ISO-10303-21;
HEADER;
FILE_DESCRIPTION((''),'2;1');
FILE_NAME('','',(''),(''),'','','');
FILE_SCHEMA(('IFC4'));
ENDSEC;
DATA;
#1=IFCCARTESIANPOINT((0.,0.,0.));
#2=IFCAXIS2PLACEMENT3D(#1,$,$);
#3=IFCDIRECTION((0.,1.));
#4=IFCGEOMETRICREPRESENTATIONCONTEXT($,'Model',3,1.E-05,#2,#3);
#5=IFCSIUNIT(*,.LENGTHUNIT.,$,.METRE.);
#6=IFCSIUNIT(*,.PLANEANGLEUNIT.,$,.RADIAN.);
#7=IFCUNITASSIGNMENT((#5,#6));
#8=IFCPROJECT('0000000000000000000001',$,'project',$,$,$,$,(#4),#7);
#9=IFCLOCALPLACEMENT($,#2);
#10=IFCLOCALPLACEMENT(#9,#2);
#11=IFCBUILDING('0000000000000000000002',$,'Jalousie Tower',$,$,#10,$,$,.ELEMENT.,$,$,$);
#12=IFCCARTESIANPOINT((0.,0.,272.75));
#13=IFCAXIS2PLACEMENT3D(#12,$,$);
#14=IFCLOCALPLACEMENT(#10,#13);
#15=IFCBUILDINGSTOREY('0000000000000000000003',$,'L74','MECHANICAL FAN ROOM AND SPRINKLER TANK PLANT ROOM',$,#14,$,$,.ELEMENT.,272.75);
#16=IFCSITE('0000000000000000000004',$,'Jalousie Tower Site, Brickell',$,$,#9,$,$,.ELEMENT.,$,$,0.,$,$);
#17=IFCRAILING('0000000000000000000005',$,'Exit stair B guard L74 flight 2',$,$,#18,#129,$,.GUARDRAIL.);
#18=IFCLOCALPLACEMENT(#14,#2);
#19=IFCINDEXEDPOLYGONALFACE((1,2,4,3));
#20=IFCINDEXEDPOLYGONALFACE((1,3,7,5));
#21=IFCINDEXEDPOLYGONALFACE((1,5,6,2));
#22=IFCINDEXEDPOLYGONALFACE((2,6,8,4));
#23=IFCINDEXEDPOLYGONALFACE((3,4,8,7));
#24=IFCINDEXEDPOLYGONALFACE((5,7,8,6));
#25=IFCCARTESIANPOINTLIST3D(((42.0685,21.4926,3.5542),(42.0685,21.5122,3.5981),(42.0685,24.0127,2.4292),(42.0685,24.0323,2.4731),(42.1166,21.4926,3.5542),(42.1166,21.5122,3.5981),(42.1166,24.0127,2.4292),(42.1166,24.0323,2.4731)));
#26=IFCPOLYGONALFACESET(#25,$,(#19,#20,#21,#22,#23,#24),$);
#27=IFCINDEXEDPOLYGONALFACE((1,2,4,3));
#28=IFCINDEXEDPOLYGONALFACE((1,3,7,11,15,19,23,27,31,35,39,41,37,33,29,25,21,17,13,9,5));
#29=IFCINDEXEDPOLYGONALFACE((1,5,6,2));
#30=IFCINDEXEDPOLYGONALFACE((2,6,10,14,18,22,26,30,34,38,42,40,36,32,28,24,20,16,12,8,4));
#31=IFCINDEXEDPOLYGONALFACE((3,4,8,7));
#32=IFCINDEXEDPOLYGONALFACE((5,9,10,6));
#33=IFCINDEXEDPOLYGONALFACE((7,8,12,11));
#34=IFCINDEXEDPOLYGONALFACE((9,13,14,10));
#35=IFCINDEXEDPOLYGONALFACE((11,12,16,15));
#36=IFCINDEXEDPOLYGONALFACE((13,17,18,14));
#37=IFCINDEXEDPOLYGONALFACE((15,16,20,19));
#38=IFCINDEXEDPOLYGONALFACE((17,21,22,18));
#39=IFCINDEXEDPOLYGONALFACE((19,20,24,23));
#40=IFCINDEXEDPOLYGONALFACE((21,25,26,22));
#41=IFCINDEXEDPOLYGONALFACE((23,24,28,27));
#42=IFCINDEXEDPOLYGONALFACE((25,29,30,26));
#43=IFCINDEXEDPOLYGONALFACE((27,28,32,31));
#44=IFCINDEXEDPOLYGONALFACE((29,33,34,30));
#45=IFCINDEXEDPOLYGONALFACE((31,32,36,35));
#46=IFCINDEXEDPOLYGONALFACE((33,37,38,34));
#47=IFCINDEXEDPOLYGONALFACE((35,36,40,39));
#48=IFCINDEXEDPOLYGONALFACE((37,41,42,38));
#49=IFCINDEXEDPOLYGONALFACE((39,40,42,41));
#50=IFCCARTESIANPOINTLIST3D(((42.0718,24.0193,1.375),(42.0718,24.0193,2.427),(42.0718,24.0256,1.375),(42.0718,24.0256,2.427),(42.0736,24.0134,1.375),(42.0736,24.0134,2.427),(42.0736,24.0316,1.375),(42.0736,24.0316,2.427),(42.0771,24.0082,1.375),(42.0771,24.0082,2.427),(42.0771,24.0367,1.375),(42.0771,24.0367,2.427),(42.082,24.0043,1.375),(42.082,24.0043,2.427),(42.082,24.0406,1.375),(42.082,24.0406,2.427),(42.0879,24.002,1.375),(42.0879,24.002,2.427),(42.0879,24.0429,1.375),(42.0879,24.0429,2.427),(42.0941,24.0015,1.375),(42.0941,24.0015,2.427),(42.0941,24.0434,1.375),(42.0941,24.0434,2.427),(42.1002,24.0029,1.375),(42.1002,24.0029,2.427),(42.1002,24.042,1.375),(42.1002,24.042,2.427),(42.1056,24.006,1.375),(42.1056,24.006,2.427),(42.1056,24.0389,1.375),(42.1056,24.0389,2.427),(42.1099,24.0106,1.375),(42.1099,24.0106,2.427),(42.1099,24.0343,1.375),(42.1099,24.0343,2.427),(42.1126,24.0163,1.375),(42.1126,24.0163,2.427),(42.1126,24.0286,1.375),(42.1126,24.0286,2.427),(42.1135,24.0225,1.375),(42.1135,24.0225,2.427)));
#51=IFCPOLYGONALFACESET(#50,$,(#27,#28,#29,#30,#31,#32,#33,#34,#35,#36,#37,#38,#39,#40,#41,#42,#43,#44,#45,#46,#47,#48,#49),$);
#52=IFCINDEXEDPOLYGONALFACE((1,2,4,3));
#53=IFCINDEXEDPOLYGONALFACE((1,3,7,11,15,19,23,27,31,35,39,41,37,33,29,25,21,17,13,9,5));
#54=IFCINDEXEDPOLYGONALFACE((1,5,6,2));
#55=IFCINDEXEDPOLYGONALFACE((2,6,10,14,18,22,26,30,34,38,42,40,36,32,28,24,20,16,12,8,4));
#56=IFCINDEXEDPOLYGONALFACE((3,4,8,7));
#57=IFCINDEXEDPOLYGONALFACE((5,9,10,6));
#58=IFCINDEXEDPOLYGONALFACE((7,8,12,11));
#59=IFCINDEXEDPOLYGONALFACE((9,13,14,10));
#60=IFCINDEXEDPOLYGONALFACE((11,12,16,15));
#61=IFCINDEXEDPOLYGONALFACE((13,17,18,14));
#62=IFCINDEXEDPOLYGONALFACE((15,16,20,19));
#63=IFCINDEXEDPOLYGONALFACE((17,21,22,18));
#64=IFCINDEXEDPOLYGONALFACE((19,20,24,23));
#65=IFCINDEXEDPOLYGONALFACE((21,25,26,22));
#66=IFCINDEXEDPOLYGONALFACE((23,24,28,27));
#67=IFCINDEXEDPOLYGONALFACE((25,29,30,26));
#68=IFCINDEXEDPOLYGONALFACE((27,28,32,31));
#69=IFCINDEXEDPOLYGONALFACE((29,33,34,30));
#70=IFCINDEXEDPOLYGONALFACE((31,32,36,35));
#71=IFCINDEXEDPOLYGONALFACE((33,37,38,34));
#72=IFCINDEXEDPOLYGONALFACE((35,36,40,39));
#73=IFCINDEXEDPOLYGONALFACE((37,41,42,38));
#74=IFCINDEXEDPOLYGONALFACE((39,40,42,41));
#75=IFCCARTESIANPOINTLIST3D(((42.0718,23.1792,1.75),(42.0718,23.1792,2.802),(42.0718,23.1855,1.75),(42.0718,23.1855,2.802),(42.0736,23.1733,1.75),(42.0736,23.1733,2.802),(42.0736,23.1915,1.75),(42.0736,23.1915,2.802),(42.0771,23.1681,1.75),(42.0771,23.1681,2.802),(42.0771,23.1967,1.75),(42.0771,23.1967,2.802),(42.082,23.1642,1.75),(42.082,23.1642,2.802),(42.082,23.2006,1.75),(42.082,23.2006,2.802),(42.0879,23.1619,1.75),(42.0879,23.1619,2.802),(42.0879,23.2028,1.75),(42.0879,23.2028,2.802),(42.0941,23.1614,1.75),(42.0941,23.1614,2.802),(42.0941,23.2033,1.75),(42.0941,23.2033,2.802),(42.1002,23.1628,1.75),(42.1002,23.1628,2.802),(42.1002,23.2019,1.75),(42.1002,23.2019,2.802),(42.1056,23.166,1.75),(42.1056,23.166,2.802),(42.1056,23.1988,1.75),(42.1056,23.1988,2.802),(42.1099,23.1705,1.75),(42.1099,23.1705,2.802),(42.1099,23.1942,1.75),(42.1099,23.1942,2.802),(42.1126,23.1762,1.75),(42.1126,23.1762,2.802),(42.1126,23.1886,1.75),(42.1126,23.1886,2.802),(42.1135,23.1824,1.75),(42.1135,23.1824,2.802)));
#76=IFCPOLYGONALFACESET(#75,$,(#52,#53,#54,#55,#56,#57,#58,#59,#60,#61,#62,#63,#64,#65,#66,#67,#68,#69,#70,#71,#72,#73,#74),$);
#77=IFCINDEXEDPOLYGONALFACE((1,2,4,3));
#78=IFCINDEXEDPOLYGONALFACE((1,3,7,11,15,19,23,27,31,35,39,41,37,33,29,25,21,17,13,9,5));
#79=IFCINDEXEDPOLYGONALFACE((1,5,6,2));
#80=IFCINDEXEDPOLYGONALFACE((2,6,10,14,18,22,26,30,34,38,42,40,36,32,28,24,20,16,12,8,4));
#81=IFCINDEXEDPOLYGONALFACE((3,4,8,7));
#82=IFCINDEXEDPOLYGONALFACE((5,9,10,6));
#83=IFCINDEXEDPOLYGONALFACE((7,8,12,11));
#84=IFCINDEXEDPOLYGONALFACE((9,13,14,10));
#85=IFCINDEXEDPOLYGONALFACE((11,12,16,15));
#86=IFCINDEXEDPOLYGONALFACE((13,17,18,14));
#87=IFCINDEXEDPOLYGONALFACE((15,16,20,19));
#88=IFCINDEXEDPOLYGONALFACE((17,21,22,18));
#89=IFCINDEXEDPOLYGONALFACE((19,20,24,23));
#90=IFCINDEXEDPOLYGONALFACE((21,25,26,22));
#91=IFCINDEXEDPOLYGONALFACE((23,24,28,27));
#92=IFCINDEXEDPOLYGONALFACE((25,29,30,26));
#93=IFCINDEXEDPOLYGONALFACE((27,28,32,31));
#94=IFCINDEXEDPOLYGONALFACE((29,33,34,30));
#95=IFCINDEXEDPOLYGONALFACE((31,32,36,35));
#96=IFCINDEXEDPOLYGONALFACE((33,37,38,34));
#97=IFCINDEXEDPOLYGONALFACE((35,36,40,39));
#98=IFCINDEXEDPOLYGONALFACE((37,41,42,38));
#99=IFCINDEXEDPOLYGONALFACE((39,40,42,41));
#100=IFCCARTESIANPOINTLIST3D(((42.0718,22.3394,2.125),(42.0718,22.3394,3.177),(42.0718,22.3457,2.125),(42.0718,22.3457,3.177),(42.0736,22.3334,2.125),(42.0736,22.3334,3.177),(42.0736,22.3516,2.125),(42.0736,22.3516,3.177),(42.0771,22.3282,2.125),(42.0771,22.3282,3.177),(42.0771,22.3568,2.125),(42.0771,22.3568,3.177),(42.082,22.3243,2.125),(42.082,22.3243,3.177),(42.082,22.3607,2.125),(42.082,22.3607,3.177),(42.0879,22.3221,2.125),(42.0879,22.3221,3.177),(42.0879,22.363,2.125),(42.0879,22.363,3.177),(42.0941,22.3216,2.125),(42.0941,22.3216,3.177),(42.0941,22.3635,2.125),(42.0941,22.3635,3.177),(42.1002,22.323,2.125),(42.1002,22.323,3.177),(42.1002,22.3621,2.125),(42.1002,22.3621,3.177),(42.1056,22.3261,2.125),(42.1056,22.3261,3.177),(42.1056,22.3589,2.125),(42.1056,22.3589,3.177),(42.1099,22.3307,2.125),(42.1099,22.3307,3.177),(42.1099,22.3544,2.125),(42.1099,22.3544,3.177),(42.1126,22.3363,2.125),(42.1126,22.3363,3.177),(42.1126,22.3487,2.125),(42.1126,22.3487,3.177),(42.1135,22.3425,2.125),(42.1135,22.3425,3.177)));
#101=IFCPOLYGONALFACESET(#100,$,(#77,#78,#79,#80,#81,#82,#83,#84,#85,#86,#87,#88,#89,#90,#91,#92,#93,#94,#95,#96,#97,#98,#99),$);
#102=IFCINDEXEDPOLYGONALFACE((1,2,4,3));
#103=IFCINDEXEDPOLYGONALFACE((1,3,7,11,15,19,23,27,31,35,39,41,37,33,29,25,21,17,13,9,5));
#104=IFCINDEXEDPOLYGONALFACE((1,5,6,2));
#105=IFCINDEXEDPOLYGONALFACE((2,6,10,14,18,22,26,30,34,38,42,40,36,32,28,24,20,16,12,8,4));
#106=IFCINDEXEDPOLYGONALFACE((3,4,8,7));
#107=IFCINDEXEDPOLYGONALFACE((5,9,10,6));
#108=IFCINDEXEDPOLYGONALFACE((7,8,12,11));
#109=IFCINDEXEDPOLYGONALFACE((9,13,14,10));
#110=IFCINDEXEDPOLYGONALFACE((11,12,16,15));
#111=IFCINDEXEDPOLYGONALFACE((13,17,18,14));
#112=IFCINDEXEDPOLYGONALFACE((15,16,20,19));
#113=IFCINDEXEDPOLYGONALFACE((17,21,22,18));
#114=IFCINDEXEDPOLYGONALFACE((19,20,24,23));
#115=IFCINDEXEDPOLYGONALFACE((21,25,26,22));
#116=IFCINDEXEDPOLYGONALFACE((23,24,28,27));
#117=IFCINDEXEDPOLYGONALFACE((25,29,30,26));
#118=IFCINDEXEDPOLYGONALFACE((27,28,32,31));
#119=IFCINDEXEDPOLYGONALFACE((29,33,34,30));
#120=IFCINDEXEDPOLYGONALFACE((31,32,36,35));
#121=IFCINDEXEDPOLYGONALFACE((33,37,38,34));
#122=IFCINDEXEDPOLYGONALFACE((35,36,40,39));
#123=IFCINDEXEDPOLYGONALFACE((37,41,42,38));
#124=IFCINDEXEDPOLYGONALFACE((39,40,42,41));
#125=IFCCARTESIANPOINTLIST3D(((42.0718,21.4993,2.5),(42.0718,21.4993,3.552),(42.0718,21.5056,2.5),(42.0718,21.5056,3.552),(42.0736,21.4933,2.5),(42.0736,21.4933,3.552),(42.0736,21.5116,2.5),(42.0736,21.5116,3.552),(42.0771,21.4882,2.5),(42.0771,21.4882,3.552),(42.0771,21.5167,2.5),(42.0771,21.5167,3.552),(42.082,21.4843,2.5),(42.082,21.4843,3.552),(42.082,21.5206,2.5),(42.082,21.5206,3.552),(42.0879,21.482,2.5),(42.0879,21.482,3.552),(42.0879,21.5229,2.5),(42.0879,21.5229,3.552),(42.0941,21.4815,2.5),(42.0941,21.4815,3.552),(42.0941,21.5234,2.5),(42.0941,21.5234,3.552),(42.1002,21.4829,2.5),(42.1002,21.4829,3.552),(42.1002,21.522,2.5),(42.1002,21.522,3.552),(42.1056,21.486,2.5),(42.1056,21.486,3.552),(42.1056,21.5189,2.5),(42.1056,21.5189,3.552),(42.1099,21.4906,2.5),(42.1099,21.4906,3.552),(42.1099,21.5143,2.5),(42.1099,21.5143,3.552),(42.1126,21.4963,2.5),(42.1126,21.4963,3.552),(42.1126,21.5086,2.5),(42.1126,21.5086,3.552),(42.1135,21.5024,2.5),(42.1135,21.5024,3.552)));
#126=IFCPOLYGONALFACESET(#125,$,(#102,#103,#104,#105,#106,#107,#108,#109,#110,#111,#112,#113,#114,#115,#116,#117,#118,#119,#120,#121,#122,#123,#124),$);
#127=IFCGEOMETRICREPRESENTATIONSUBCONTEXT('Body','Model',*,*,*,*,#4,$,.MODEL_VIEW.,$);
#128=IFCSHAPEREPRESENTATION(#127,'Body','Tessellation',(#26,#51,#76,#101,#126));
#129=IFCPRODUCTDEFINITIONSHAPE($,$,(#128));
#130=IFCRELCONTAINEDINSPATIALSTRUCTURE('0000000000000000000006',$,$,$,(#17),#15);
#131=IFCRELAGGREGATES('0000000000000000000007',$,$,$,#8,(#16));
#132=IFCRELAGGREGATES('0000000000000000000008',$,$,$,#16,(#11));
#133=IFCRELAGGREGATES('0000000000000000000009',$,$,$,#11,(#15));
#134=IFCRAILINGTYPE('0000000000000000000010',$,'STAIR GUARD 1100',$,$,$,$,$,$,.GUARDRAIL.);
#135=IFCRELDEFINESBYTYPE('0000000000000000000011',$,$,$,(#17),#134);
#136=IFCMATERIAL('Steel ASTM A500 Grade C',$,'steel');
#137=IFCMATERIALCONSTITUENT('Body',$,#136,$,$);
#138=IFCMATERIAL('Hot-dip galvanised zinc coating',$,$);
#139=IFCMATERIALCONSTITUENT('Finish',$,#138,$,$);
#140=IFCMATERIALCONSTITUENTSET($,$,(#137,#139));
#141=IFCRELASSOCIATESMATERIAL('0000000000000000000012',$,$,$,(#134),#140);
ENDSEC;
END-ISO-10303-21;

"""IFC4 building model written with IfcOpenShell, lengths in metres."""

from ifc_helpers import new_model, si_unit, direction, frame, origin, origin_2d, place, context, subcontext, project, spatial, rectangle, circle, extrude, material, constituent, constituent_set, type_object, element, save


model = new_model("IFC4")

# Units and contexts
model_context = context("Model", 3, precision=1e-05, world=origin(), true_north=direction((0.0, 1.0)))
body_context = subcontext(model_context, "Body", "Model", "MODEL_VIEW")
ifc_project = project(units=[si_unit("LENGTHUNIT", "METRE"), si_unit("PLANEANGLEUNIT", "RADIAN")], contexts=[model_context])

# Site, building, storey
site_placement = place(None, origin())
site = spatial("IfcSite", under=ifc_project, at=site_placement, Name="Jalousie Tower Site, Brickell", CompositionType="ELEMENT", RefElevation=0.0)
building_placement = place(site_placement, origin())
building = spatial("IfcBuilding", under=site, at=building_placement, Name="Jalousie Tower", CompositionType="ELEMENT")
storey_placement = place(building_placement, frame((0.0, 0.0, 272.75)))
storey = spatial("IfcBuildingStorey", under=building, at=storey_placement, Name="L74", Description="MECHANICAL FAN ROOM AND SPRINKLER TANK PLANT ROOM", CompositionType="ELEMENT", Elevation=272.75)

# Railing
ifc_material_1 = material(Name="Steel ASTM A500 Grade C", Category="steel")
ifc_constituent_1 = constituent(ifc_material_1, Name="Body")
ifc_material_2 = material(Name="Hot-dip galvanised zinc coating")
ifc_constituent_2 = constituent(ifc_material_2, Name="Finish")
ifc_constituent_set_1 = constituent_set(constituents=[ifc_constituent_1, ifc_constituent_2])
railing_type_1 = type_object("IfcRailingType", Name="STAIR GUARD 1100", PredefinedType="GUARDRAIL", material=ifc_constituent_set_1)
railing_1_placement = place(storey_placement, frame((42.0925, 24.0225, 1.375)))
element("IfcRailing", 1, at=railing_1_placement, inside=storey, type_object=railing_type_1, Name="Exit stair B guard L74 flight 2", PredefinedType="GUARDRAIL", context=body_context, shape_type="SweptSolid", body=[
    extrude(rectangle(XDim=0.0481, YDim=0.0481, at=origin_2d()), frame((0.0, 0.0, 1.0762), z_axis=(0.0, -0.913139, 0.407648), x_axis=(1.0, 0.0, 0.0)), (0.0, 0.0, 1.0), 2.7598),
    extrude(circle(Radius=0.021, at=origin_2d()), origin(), (0.0, 0.0, 1.0), 1.052),
    extrude(circle(Radius=0.021, at=origin_2d()), frame((0.0, -0.8401, 0.375)), (0.0, 0.0, 1.0), 1.052),
    extrude(circle(Radius=0.021, at=origin_2d()), frame((0.0, -1.6799, 0.75)), (0.0, 0.0, 1.0), 1.052),
    extrude(circle(Radius=0.021, at=origin_2d()), frame((0.0, -2.52, 1.125)), (0.0, 0.0, 1.0), 1.052),
])

save(model, "model.ifc")
